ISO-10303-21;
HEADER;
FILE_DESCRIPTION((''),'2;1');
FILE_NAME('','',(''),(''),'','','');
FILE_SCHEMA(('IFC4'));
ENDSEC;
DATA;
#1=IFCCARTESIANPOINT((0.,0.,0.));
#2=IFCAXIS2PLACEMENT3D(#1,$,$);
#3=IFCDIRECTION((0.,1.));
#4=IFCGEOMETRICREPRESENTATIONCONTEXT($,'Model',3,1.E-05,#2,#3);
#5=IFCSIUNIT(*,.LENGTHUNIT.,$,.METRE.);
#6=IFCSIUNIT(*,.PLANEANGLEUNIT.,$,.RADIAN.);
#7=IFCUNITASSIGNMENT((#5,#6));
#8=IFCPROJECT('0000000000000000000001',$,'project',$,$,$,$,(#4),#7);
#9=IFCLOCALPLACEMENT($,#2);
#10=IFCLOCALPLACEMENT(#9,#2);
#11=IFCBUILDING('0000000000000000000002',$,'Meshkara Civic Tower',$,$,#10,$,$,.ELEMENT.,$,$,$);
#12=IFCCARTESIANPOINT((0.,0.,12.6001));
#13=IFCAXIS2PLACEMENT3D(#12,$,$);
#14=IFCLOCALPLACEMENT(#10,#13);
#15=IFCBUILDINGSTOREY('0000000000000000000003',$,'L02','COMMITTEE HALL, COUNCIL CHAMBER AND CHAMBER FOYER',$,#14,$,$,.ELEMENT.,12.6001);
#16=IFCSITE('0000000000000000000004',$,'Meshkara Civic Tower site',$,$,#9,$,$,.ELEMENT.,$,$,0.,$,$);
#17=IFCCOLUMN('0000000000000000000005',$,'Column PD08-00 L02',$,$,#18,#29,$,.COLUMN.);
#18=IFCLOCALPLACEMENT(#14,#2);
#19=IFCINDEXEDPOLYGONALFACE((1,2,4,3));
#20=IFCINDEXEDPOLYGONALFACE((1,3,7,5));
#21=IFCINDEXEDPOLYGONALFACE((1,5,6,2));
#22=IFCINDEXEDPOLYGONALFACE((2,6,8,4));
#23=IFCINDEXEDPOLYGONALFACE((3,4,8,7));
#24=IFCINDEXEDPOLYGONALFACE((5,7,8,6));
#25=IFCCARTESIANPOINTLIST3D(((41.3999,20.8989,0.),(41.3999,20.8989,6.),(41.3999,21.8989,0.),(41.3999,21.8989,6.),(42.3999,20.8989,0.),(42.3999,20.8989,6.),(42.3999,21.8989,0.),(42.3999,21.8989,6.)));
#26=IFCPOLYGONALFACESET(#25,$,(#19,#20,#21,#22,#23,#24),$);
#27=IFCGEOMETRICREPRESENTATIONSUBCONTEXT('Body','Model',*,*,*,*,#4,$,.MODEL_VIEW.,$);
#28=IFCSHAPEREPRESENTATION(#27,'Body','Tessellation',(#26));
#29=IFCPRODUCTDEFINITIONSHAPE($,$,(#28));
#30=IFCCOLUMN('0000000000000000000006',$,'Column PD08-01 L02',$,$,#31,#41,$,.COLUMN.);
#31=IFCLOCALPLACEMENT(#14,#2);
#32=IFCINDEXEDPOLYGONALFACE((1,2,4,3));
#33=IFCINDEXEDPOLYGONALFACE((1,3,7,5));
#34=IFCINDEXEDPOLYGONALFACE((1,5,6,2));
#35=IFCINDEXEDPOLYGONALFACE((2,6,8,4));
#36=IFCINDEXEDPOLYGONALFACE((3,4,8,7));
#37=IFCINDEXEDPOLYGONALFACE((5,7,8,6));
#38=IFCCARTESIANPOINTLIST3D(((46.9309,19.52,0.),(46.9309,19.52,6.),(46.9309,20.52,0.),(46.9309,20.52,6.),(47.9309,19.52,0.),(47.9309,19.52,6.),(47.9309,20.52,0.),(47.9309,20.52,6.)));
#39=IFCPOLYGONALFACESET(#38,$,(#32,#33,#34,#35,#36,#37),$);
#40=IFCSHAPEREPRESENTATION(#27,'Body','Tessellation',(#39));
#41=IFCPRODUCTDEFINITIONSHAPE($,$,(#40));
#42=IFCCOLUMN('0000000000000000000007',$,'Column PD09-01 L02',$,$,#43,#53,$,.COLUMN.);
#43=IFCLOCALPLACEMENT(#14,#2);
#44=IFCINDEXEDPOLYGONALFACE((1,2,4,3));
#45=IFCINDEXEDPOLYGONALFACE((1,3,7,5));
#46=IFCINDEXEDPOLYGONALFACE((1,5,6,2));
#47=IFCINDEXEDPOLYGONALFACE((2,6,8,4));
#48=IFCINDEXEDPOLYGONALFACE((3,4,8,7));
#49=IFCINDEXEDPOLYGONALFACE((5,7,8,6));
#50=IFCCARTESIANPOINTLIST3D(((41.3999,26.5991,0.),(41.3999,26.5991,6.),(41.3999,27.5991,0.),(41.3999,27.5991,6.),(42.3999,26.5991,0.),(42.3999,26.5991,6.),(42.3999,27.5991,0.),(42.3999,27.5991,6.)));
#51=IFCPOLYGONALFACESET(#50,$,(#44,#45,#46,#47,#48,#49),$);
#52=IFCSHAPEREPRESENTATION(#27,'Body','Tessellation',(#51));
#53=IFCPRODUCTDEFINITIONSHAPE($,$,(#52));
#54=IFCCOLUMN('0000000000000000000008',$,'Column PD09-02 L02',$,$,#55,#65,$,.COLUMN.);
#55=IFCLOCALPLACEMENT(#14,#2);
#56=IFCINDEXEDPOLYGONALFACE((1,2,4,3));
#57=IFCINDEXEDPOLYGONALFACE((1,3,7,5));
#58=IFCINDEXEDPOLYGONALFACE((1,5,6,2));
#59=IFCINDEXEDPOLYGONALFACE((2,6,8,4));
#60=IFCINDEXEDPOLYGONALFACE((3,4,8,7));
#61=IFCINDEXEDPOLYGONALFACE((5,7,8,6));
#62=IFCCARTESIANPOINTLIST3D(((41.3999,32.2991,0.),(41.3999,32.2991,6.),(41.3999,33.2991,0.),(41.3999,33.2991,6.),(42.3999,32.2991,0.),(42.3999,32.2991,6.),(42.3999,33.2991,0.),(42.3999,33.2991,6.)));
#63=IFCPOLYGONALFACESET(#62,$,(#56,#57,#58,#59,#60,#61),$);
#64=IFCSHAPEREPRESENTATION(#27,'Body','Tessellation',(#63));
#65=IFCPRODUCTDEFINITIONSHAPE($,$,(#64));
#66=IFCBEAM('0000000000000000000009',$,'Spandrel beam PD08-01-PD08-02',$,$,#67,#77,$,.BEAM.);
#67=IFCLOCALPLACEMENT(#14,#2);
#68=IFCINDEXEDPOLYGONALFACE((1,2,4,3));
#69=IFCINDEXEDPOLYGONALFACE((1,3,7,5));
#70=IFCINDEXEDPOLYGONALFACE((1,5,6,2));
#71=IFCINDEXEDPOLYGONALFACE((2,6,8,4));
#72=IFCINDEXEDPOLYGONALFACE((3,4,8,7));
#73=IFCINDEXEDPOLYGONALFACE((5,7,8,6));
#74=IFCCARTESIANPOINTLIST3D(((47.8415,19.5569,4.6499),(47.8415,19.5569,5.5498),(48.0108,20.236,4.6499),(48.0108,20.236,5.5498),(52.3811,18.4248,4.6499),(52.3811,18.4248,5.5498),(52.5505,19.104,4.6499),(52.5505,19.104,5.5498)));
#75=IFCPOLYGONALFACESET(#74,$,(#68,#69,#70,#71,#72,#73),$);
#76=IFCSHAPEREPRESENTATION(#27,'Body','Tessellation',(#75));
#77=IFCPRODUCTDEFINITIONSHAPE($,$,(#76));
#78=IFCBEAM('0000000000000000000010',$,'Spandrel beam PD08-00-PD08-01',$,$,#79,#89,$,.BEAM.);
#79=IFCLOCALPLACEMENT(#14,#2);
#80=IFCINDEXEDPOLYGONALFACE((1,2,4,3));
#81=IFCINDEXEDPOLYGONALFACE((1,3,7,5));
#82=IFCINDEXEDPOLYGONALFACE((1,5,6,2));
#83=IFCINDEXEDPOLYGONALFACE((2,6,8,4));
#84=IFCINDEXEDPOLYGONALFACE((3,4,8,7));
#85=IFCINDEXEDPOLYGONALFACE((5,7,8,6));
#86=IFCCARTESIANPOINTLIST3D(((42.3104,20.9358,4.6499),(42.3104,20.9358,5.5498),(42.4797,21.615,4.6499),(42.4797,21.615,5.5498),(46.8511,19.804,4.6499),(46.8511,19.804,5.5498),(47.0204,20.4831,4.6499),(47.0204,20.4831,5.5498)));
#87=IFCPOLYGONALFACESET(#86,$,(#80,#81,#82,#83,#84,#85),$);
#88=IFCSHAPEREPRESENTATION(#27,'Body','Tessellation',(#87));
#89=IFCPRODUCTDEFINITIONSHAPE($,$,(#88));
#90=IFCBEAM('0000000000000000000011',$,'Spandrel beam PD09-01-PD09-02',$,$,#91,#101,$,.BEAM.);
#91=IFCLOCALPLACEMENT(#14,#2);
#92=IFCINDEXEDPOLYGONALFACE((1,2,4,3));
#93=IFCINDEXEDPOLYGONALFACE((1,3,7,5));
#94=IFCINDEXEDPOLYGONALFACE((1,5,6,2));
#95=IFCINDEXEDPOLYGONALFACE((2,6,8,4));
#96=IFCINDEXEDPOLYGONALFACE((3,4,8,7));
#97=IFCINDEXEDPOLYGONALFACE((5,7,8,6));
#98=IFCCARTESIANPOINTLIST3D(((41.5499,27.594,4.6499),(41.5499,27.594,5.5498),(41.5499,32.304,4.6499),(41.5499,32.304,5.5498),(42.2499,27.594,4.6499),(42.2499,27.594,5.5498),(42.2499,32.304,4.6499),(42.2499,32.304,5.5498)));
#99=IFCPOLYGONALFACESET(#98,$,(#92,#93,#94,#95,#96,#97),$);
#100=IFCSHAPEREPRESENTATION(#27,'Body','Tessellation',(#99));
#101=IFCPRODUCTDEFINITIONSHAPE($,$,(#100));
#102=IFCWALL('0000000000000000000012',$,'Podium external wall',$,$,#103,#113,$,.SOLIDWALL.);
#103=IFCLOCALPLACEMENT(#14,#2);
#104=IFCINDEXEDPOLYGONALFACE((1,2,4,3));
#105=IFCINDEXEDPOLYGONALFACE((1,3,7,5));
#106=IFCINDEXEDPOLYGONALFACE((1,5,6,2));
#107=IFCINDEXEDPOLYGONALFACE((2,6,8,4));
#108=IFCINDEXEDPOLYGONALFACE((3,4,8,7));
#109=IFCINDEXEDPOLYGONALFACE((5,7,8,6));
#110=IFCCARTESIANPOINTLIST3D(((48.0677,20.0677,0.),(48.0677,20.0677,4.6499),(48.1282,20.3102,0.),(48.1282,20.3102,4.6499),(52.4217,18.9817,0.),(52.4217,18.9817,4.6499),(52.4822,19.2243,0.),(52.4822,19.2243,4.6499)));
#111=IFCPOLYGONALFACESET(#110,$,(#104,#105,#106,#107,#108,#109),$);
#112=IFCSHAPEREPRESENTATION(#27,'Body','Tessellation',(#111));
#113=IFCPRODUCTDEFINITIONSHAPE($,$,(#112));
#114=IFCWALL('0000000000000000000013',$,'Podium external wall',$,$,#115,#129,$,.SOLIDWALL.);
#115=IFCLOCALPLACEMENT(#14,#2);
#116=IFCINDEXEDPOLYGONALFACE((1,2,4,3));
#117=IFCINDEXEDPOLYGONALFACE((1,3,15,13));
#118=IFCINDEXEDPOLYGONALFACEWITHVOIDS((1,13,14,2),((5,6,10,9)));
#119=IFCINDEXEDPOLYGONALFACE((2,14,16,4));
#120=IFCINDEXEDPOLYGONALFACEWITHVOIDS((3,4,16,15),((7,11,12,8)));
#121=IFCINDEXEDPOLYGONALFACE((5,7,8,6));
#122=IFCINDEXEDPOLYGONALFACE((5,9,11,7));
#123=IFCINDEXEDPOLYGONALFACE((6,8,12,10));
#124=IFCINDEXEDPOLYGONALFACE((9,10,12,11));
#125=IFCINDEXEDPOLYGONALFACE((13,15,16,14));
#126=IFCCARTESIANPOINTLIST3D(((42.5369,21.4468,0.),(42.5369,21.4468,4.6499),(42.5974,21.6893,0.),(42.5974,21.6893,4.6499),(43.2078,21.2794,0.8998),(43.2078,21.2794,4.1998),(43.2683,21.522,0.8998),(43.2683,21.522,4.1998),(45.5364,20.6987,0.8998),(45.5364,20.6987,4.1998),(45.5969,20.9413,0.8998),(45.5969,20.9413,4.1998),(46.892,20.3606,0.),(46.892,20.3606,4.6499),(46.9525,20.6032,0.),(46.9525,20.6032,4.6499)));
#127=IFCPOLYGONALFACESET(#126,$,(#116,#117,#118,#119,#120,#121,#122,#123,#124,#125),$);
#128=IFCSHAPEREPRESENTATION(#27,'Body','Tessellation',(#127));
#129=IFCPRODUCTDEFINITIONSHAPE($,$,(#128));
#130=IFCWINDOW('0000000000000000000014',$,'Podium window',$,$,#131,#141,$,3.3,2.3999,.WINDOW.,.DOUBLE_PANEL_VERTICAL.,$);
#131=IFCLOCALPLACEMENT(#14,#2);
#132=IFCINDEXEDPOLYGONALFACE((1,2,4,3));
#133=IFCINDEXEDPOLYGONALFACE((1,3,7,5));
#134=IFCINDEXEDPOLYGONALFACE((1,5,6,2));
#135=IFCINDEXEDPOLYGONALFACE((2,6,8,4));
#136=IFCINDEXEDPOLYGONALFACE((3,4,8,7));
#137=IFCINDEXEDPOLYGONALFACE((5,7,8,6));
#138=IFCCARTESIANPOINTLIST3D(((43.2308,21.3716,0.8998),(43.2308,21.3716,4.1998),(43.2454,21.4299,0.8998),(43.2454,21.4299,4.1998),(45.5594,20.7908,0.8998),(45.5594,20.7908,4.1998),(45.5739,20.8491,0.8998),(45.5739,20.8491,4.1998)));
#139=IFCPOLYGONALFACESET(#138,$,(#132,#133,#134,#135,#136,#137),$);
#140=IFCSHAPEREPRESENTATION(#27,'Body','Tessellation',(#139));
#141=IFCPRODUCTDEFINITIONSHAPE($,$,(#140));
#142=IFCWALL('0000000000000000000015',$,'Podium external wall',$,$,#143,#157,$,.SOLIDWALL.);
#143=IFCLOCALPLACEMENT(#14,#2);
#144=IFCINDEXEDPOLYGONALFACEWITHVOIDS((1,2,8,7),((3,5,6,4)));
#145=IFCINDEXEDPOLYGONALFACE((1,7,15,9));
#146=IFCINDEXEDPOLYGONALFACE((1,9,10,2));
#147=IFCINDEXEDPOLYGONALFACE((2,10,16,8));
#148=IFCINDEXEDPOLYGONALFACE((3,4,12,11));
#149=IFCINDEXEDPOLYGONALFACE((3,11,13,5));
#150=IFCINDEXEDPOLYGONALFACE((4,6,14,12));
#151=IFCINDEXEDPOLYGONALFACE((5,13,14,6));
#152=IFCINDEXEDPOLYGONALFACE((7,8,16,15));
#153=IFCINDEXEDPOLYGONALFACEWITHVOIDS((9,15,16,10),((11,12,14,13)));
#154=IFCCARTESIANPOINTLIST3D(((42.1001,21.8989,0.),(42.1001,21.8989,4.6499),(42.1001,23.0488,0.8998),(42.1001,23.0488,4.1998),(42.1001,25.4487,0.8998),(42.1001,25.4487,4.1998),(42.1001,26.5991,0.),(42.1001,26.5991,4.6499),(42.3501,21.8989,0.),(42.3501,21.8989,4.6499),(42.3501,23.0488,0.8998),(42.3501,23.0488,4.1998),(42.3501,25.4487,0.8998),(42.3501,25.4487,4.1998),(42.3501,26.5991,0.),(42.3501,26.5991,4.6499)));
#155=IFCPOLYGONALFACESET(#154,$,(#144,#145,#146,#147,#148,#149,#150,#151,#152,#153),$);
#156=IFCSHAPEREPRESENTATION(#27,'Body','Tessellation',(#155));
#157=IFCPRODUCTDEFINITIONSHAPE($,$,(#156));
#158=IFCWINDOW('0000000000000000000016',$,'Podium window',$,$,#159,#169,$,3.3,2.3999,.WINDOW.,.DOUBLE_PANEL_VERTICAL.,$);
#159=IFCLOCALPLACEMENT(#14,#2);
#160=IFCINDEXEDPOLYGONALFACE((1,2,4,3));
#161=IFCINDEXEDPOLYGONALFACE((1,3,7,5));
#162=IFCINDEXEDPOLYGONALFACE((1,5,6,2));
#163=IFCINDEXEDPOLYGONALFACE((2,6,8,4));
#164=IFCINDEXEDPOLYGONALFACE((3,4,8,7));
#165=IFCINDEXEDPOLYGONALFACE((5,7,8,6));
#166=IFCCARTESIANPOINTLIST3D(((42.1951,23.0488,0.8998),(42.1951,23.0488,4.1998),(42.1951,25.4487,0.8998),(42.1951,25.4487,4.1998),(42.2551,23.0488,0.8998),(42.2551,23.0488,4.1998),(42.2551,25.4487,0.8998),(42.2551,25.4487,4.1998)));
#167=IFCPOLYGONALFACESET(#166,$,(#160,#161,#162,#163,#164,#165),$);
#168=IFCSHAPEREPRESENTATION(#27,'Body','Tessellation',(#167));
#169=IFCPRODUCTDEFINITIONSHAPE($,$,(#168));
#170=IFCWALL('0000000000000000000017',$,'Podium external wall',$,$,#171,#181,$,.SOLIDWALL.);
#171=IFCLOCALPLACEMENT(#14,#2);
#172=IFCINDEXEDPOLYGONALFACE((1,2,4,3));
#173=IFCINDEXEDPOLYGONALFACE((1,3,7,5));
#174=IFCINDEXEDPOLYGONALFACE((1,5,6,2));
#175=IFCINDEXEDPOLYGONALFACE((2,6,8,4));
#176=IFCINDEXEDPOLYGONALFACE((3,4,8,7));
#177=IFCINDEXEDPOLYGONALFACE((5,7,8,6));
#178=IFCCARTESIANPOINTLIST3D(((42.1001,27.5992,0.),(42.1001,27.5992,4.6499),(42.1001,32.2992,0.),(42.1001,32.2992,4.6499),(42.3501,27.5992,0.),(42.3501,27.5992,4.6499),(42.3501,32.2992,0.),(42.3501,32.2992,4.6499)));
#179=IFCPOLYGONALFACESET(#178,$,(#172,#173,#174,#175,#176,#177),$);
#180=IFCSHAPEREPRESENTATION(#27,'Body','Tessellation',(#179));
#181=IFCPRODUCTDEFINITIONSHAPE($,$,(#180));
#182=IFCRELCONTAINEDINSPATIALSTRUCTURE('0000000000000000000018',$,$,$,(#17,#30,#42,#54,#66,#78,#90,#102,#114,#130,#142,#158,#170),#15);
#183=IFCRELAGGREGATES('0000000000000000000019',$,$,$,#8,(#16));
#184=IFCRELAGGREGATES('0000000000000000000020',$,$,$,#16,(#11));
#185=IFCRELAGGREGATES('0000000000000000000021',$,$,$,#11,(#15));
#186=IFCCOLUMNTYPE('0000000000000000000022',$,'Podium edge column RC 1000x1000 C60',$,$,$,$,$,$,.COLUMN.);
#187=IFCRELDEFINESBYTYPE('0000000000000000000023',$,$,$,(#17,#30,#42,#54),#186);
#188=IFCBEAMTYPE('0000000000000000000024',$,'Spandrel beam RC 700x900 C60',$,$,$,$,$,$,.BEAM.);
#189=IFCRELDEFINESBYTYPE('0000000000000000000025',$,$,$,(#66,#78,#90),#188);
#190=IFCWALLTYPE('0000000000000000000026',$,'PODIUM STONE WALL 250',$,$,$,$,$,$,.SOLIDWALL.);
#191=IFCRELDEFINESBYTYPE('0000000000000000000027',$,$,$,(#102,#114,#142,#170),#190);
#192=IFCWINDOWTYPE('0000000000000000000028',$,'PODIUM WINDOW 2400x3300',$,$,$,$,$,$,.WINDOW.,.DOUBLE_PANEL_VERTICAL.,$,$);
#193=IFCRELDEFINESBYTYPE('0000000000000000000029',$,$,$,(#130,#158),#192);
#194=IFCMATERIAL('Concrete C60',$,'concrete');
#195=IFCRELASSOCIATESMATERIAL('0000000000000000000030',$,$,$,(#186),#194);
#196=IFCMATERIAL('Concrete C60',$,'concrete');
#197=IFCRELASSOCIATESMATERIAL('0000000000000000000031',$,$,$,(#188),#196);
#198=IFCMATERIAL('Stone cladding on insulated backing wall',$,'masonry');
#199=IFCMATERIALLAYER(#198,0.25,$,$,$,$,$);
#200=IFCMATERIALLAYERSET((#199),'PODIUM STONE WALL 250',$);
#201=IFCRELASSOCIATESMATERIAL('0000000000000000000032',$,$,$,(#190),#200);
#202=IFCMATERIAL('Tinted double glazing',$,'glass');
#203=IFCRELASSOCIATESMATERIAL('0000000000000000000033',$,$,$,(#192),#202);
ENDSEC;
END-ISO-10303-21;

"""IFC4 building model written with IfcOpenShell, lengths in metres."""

from ifc_helpers import new_model, si_unit, direction, frame, frame_2d, origin, origin_2d, place, context, subcontext, project, spatial, rectangle, extrude, material, layer, layer_set, material_profile, profile_set, type_object, element, fill, save


model = new_model("IFC4")

# Units and contexts
model_context = context("Model", 3, precision=1e-05, world=origin(), true_north=direction((0.0, 1.0)))
body_context = subcontext(model_context, "Body", "Model", "MODEL_VIEW")
ifc_project = project(units=[si_unit("LENGTHUNIT", "METRE"), si_unit("PLANEANGLEUNIT", "RADIAN")], contexts=[model_context])

# Site, building, storey
site_placement = place(None, origin())
site = spatial("IfcSite", under=ifc_project, at=site_placement, Name="Meshkara Civic Tower site", CompositionType="ELEMENT", RefElevation=0.0)
building_placement = place(site_placement, origin())
building = spatial("IfcBuilding", under=site, at=building_placement, Name="Meshkara Civic Tower", CompositionType="ELEMENT")
storey_placement = place(building_placement, frame((0.0, 0.0, 12.6001)))
storey = spatial("IfcBuildingStorey", under=building, at=storey_placement, Name="L02", Description="COMMITTEE HALL, COUNCIL CHAMBER AND CHAMBER FOYER", CompositionType="ELEMENT", Elevation=12.6001)

# Columns
ifc_material_1 = material(Name="Concrete C60", Category="concrete")
ifc_material_profile_1 = material_profile(ifc_material_1, rectangle(XDim=1.0, YDim=1.0, at=origin_2d()))
ifc_profile_set_1 = profile_set([ifc_material_profile_1], Name="Concrete C60")
column_type = type_object("IfcColumnType", Name="Podium edge column RC 1000x1000 C60", PredefinedType="COLUMN", material=ifc_profile_set_1)
for number, where, z_axis, x_axis, name in (
    (1, (41.8999, 21.3989, 0.0), (0.0, 0.0, 1.0), (1.0, 0.0, 0.0), "Column PD08-00 L02"),
    (2, (47.4309, 20.02, 0.0), (0.0, 0.0, 1.0), (1.0, 0.0, 0.0), "Column PD08-01 L02"),
    (3, (41.8999, 27.0991, 0.0), (0.0, 0.0, 1.0), (1.0, 0.0, 0.0), "Column PD09-01 L02"),
    (4, (41.8999, 32.7991, 0.0), (0.0, 0.0, 1.0), (1.0, 0.0, 0.0), "Column PD09-02 L02"),
):
    element("IfcColumn", number, at=place(storey_placement, frame(where, z_axis=z_axis, x_axis=x_axis)), inside=storey, type_object=column_type, Name=name, PredefinedType="COLUMN", context=body_context, shape_type="SweptSolid", body=[
        extrude(rectangle(XDim=1.0, YDim=1.0, at=origin_2d()), origin(), (0.0, 0.0, 1.0), 6.0),
    ])

# Beams
ifc_material_2 = material(Name="Concrete C60", Category="concrete")
ifc_material_profile_2 = material_profile(ifc_material_2, rectangle(XDim=0.7, YDim=0.8999, at=origin_2d()))
ifc_profile_set_2 = profile_set([ifc_material_profile_2], Name="Concrete C60")
beam_type = type_object("IfcBeamType", Name="Spandrel beam RC 700x900 C60", PredefinedType="BEAM", material=ifc_profile_set_2)
beam_1_placement = place(storey_placement, frame((52.4658, 18.7644, 5.0999), z_axis=(-0.970287, 0.241959, 0.0), x_axis=(-0.241959, -0.970287, 0.0)))
element("IfcBeam", 5, at=beam_1_placement, inside=storey, type_object=beam_type, Name="Spandrel beam PD08-01-PD08-02", PredefinedType="BEAM", context=body_context, shape_type="SweptSolid", body=[
    extrude(rectangle(XDim=0.7, YDim=0.8999, at=origin_2d()), origin(), (0.0, 0.0, 1.0), 4.6787),
])
beam_2_placement = place(storey_placement, frame((46.9358, 20.1436, 5.0999), z_axis=(-0.970311, 0.24186, 0.0), x_axis=(-0.24186, -0.970311, 0.0)))
element("IfcBeam", 6, at=beam_2_placement, inside=storey, type_object=beam_type, Name="Spandrel beam PD08-00-PD08-01", PredefinedType="BEAM", context=body_context, shape_type="SweptSolid", body=[
    extrude(rectangle(XDim=0.7, YDim=0.8999, at=origin_2d()), origin(), (0.0, 0.0, 1.0), 4.6797),
])
beam_3_placement = place(storey_placement, frame((41.8999, 27.594, 5.0999), z_axis=(0.0, 1.0, 0.0), x_axis=(-1.0, 0.0, 0.0)))
element("IfcBeam", 7, at=beam_3_placement, inside=storey, type_object=beam_type, Name="Spandrel beam PD09-01-PD09-02", PredefinedType="BEAM", context=body_context, shape_type="SweptSolid", body=[
    extrude(rectangle(XDim=0.7, YDim=0.8999, at=origin_2d()), origin(), (0.0, 0.0, 1.0), 4.71),
])

# Wall
ifc_material_3 = material(Name="Stone cladding on insulated backing wall", Category="masonry")
ifc_layer_1 = layer(ifc_material_3, 0.25)
ifc_layer_set_1 = layer_set([ifc_layer_1], Name="PODIUM STONE WALL 250")
wall_type_1 = type_object("IfcWallType", Name="PODIUM STONE WALL 250", PredefinedType="SOLIDWALL", material=ifc_layer_set_1)
wall_1_placement = place(storey_placement, frame((52.4519, 19.103, 0.0), z_axis=(0.0, 0.0, 1.0), x_axis=(-0.970277, 0.241998, 0.0)))
element("IfcWall", 8, at=wall_1_placement, inside=storey, type_object=wall_type_1, Name="Podium external wall", PredefinedType="SOLIDWALL", context=body_context, shape_type="SweptSolid", body=[
    extrude(rectangle(XDim=4.4873, YDim=0.25, at=frame_2d((2.2437, 0.0))), origin(), (0.0, 0.0, 1.0), 4.6499),
])

# Walls, openings, windows
wall_2_placement = place(storey_placement, frame((46.9221, 20.4819, 0.0), z_axis=(0.0, 0.0, 1.0), x_axis=(-0.97028, 0.241985, 0.0)))
wall_2 = element("IfcWall", 9, at=wall_2_placement, inside=storey, type_object=wall_type_1, Name="Podium external wall", PredefinedType="SOLIDWALL", context=body_context, shape_type="SweptSolid", body=[
    extrude(rectangle(XDim=4.4885, YDim=0.25, at=frame_2d((2.2441, 0.0))), origin(), (0.0, 0.0, 1.0), 4.6499),
])
opening_1_placement = place(wall_2_placement, frame((1.397, 0.0, 0.8999)))
opening_1 = element("IfcOpeningElement", 10, at=opening_1_placement, cuts=wall_2, PredefinedType="OPENING", context=body_context, shape_type="SweptSolid", body=[
    extrude(rectangle(XDim=2.3999, YDim=3.3, at=frame_2d((1.2, 1.6499))), frame((0.0, 0.135, 0.0), z_axis=(0.0, -1.0, 0.0), x_axis=(1.0, 0.0, 0.0)), (0.0, 0.0, 1.0), 0.27),
])
ifc_material_4 = material(Name="Tinted double glazing", Category="glass")
window_type = type_object("IfcWindowType", Name="PODIUM WINDOW 2400x3300", PartitioningType="DOUBLE_PANEL_VERTICAL", PredefinedType="WINDOW", material=ifc_material_4)
window_1_placement = place(opening_1_placement, origin())
window_1 = element("IfcWindow", 11, at=window_1_placement, inside=storey, type_object=window_type, Name="Podium window", OverallHeight=3.3, OverallWidth=2.3999, PartitioningType="DOUBLE_PANEL_VERTICAL", PredefinedType="WINDOW", context=body_context, shape_type="SweptSolid", body=[
    extrude(rectangle(XDim=2.3999, YDim=3.3, at=frame_2d((1.2, 1.6499))), frame((0.0, 0.03, 0.0), z_axis=(0.0, -1.0, 0.0), x_axis=(1.0, 0.0, 0.0)), (0.0, 0.0, 1.0), 0.0601),
])
fill(opening_1, window_1)
wall_3_placement = place(storey_placement, frame((42.2251, 21.8989, 0.0), z_axis=(0.0, 0.0, 1.0), x_axis=(0.0, 1.0, 0.0)))
wall_3 = element("IfcWall", 12, at=wall_3_placement, inside=storey, type_object=wall_type_1, Name="Podium external wall", PredefinedType="SOLIDWALL", context=body_context, shape_type="SweptSolid", body=[
    extrude(rectangle(XDim=4.7002, YDim=0.25, at=frame_2d((2.3501, 0.0))), origin(), (0.0, 0.0, 1.0), 4.6499),
])
opening_2_placement = place(wall_3_placement, frame((1.1499, 0.0, 0.8999)))
opening_2 = element("IfcOpeningElement", 13, at=opening_2_placement, cuts=wall_3, PredefinedType="OPENING", context=body_context, shape_type="SweptSolid", body=[
    extrude(rectangle(XDim=2.3999, YDim=3.3, at=frame_2d((1.2, 1.6499))), frame((0.0, 0.135, 0.0), z_axis=(0.0, -1.0, 0.0), x_axis=(1.0, 0.0, 0.0)), (0.0, 0.0, 1.0), 0.27),
])
window_2_placement = place(opening_2_placement, origin())
window_2 = element("IfcWindow", 14, at=window_2_placement, inside=storey, type_object=window_type, Name="Podium window", OverallHeight=3.3, OverallWidth=2.3999, PartitioningType="DOUBLE_PANEL_VERTICAL", PredefinedType="WINDOW", context=body_context, shape_type="SweptSolid", body=[
    extrude(rectangle(XDim=2.3999, YDim=3.3, at=frame_2d((1.2, 1.6499))), frame((0.0, 0.03, 0.0), z_axis=(0.0, -1.0, 0.0), x_axis=(1.0, 0.0, 0.0)), (0.0, 0.0, 1.0), 0.0601),
])
fill(opening_2, window_2)

# Wall
wall_4_placement = place(storey_placement, frame((42.2251, 27.5991, 0.0), z_axis=(0.0, 0.0, 1.0), x_axis=(0.0, 1.0, 0.0)))
element("IfcWall", 15, at=wall_4_placement, inside=storey, type_object=wall_type_1, Name="Podium external wall", PredefinedType="SOLIDWALL", context=body_context, shape_type="SweptSolid", body=[
    extrude(rectangle(XDim=4.7, YDim=0.25, at=frame_2d((2.3501, 0.0))), origin(), (0.0, 0.0, 1.0), 4.6499),
])

save(model, "model.ifc")
